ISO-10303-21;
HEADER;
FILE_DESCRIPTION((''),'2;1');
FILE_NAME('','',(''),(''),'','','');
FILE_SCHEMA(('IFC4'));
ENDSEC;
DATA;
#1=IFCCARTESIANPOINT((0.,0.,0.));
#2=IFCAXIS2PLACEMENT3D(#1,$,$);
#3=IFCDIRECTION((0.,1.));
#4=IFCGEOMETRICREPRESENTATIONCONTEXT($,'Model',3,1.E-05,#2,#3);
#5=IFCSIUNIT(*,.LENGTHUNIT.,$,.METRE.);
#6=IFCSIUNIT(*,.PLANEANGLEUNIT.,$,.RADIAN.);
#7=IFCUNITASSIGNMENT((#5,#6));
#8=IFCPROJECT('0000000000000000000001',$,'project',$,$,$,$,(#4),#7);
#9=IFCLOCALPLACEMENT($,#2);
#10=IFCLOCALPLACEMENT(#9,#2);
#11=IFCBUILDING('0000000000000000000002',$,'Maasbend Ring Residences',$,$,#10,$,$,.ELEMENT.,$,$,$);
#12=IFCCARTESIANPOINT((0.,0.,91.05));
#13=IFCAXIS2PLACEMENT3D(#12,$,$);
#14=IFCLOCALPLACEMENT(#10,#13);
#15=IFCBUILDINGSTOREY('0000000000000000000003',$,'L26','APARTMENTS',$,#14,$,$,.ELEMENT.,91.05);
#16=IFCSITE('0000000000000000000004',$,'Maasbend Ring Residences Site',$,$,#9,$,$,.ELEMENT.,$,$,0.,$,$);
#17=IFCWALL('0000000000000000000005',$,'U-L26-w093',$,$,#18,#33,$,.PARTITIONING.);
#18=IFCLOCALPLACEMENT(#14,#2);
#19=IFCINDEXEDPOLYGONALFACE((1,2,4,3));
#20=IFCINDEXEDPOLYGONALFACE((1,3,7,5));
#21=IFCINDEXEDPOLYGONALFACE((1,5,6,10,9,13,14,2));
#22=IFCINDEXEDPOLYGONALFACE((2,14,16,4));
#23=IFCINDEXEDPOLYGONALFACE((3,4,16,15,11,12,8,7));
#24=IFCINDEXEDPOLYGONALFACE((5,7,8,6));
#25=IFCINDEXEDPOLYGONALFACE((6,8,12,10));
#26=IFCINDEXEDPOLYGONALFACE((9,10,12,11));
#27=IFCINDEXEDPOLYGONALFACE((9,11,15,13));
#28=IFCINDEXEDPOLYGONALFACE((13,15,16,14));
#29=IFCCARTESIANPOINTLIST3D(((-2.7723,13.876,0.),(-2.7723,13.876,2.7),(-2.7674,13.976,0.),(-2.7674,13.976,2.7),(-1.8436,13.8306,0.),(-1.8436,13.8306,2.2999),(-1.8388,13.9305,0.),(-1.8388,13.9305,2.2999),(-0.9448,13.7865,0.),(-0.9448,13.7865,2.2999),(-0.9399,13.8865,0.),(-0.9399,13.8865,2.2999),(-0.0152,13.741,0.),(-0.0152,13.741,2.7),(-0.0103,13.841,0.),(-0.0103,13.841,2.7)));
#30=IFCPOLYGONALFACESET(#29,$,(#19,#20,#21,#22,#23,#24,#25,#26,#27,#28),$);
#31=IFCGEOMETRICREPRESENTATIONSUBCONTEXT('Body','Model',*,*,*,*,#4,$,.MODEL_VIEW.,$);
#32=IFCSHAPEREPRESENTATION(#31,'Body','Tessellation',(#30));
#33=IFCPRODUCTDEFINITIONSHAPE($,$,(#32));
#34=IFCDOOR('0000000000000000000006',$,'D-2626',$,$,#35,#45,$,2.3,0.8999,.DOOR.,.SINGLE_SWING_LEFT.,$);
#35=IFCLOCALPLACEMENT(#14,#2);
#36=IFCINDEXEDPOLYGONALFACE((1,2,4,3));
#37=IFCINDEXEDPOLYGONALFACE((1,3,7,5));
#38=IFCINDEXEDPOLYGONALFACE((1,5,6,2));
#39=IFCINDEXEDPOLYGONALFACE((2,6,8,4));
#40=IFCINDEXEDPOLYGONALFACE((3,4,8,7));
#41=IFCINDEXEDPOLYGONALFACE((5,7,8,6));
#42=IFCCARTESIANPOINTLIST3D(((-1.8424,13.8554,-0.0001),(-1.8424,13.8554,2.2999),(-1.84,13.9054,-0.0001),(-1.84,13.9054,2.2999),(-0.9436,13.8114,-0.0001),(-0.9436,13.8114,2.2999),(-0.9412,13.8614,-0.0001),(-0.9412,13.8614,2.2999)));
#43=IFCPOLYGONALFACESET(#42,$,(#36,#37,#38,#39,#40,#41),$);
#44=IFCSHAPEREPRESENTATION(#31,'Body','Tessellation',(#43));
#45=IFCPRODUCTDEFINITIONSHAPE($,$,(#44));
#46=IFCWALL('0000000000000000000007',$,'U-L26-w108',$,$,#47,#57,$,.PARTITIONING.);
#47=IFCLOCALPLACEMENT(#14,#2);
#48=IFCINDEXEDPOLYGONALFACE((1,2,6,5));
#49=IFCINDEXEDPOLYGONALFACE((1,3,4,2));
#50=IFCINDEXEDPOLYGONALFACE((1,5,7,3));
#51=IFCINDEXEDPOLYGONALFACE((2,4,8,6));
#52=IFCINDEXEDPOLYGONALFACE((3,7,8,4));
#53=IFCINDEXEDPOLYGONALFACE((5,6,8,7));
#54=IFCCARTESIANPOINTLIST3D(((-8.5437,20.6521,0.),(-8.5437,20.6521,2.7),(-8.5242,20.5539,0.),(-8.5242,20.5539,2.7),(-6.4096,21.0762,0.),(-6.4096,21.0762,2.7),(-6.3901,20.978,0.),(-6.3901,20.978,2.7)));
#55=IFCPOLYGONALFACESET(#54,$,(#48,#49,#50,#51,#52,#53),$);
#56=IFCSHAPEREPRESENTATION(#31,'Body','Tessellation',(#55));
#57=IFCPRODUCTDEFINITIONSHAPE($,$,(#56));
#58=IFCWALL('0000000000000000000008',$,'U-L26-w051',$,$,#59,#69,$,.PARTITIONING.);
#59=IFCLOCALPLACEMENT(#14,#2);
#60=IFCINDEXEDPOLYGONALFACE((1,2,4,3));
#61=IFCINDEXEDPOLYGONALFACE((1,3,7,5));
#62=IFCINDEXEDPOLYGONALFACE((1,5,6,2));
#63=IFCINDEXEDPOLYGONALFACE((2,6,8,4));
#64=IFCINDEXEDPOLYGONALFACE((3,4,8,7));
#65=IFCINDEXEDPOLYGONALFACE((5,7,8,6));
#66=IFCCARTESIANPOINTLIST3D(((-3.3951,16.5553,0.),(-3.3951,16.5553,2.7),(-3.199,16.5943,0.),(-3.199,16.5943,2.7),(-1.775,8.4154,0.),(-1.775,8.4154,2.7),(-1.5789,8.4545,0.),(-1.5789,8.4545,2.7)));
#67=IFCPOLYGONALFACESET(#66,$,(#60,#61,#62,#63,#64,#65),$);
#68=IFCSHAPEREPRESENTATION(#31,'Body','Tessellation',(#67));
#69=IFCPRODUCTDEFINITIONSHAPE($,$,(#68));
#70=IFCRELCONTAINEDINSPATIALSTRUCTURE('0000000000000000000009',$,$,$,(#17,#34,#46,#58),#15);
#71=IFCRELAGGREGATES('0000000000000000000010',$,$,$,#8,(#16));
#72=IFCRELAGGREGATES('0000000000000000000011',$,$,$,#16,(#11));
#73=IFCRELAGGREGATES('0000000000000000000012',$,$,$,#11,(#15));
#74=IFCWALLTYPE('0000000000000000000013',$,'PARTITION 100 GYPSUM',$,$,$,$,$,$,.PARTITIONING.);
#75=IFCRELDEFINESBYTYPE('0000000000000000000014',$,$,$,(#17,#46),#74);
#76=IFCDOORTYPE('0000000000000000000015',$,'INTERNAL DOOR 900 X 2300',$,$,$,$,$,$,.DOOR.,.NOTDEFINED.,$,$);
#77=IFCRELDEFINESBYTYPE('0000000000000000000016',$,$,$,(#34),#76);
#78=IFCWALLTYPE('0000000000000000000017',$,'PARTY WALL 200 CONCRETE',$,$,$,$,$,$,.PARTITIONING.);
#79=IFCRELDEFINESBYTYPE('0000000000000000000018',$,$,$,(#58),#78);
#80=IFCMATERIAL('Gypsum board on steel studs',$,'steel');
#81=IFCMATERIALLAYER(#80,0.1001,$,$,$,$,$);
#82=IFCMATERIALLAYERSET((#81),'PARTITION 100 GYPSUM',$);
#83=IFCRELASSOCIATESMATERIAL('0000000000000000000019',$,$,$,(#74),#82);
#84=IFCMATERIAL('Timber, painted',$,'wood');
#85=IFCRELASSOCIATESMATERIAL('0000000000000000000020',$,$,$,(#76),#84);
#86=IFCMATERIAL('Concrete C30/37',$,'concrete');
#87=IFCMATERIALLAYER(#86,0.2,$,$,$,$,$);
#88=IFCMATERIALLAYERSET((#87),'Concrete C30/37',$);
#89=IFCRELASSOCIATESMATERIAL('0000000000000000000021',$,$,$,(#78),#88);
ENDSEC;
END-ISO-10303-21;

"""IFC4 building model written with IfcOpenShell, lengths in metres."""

from ifc_helpers import new_model, si_unit, direction, frame, frame_2d, origin, place, context, subcontext, project, spatial, rectangle, extrude, material, layer, layer_set, type_object, element, fill, save


model = new_model("IFC4")

# Units and contexts
model_context = context("Model", 3, precision=1e-05, world=origin(), true_north=direction((0.0, 1.0)))
body_context = subcontext(model_context, "Body", "Model", "MODEL_VIEW")
ifc_project = project(units=[si_unit("LENGTHUNIT", "METRE"), si_unit("PLANEANGLEUNIT", "RADIAN")], contexts=[model_context])

# Site, building, storey
site_placement = place(None, origin())
site = spatial("IfcSite", under=ifc_project, at=site_placement, Name="Maasbend Ring Residences Site", CompositionType="ELEMENT", RefElevation=0.0)
building_placement = place(site_placement, origin())
building = spatial("IfcBuilding", under=site, at=building_placement, Name="Maasbend Ring Residences", CompositionType="ELEMENT")
storey_placement = place(building_placement, frame((0.0, 0.0, 91.05)))
storey = spatial("IfcBuildingStorey", under=building, at=storey_placement, Name="L26", Description="APARTMENTS", CompositionType="ELEMENT", Elevation=91.05)

# Shared definitions
ifc_material_1 = material(Name="Gypsum board on steel studs", Category="steel")
ifc_layer_1 = layer(ifc_material_1, 0.1001)
ifc_layer_set_1 = layer_set([ifc_layer_1], Name="PARTITION 100 GYPSUM")
wall_type_1 = type_object("IfcWallType", Name="PARTITION 100 GYPSUM", PredefinedType="PARTITIONING", material=ifc_layer_set_1)
ifc_material_2 = material(Name="Timber, painted", Category="wood")
door_type_1 = type_object("IfcDoorType", Name="INTERNAL DOOR 900 X 2300", OperationType="NOTDEFINED", PredefinedType="DOOR", material=ifc_material_2)

# Wall, opening, door
wall_1_placement = place(storey_placement, frame((-2.77, 13.926, 0.0), z_axis=(0.0, 0.0, 1.0), x_axis=(0.998803, -0.04891, 0.0)))
wall_1 = element("IfcWall", 1, at=wall_1_placement, inside=storey, type_object=wall_type_1, Name="U-L26-w093", PredefinedType="PARTITIONING", context=body_context, shape_type="SweptSolid", body=[
    extrude(rectangle(XDim=2.7605, YDim=0.1001, at=frame_2d((1.3804, 0.0))), origin(), (0.0, 0.0, 1.0), 2.7),
])
opening_1_placement = place(wall_1_placement, frame((0.9299, 0.0, 0.0)))
opening_1 = element("IfcOpeningElement", 2, at=opening_1_placement, cuts=wall_1, PredefinedType="OPENING", context=body_context, shape_type="SweptSolid", body=[
    extrude(rectangle(XDim=0.8999, YDim=2.3, at=frame_2d((0.45, 1.1499))), frame((0.0, 0.0601, 0.0), z_axis=(0.0, -1.0, 0.0), x_axis=(1.0, 0.0, 0.0)), (0.0, 0.0, 1.0), 0.1201),
])
door_1_placement = place(opening_1_placement, origin())
door_1 = element("IfcDoor", 3, at=door_1_placement, inside=storey, type_object=door_type_1, Name="D-2626", OperationType="SINGLE_SWING_LEFT", OverallHeight=2.3, OverallWidth=0.8999, PredefinedType="DOOR", context=body_context, shape_type="SweptSolid", body=[
    extrude(rectangle(XDim=0.8999, YDim=2.3, at=frame_2d((0.45, 1.1499))), frame((0.0, 0.0249, 0.0), z_axis=(0.0, -1.0, 0.0), x_axis=(1.0, 0.0, 0.0)), (0.0, 0.0, 1.0), 0.05),
])
fill(opening_1, door_1)

# Walls
wall_2_placement = place(storey_placement, frame((-8.5339, 20.603, 0.0), z_axis=(0.0, 0.0, 1.0), x_axis=(0.980822, 0.194908, 0.0)))
element("IfcWall", 4, at=wall_2_placement, inside=storey, type_object=wall_type_1, Name="U-L26-w108", PredefinedType="PARTITIONING", context=body_context, shape_type="SweptSolid", body=[
    extrude(rectangle(XDim=2.1758, YDim=0.1001, at=frame_2d((1.0879, 0.0))), origin(), (0.0, 0.0, 1.0), 2.7),
])
ifc_material_3 = material(Name="Concrete C30/37", Category="concrete")
ifc_layer_2 = layer(ifc_material_3, 0.2)
ifc_layer_set_2 = layer_set([ifc_layer_2], Name="Concrete C30/37")
wall_type_2 = type_object("IfcWallType", Name="PARTY WALL 200 CONCRETE", PredefinedType="PARTITIONING", material=ifc_layer_set_2)
wall_3_placement = place(storey_placement, frame((-3.2971, 16.575, 0.0), z_axis=(0.0, 0.0, 1.0), x_axis=(0.195205, -0.980762, 0.0)))
element("IfcWall", 5, at=wall_3_placement, inside=storey, type_object=wall_type_2, Name="U-L26-w051", PredefinedType="PARTITIONING", context=body_context, shape_type="SweptSolid", body=[
    extrude(rectangle(XDim=8.2996, YDim=0.2, at=frame_2d((4.1499, 0.0))), origin(), (0.0, 0.0, 1.0), 2.7),
])

save(model, "model.ifc")
